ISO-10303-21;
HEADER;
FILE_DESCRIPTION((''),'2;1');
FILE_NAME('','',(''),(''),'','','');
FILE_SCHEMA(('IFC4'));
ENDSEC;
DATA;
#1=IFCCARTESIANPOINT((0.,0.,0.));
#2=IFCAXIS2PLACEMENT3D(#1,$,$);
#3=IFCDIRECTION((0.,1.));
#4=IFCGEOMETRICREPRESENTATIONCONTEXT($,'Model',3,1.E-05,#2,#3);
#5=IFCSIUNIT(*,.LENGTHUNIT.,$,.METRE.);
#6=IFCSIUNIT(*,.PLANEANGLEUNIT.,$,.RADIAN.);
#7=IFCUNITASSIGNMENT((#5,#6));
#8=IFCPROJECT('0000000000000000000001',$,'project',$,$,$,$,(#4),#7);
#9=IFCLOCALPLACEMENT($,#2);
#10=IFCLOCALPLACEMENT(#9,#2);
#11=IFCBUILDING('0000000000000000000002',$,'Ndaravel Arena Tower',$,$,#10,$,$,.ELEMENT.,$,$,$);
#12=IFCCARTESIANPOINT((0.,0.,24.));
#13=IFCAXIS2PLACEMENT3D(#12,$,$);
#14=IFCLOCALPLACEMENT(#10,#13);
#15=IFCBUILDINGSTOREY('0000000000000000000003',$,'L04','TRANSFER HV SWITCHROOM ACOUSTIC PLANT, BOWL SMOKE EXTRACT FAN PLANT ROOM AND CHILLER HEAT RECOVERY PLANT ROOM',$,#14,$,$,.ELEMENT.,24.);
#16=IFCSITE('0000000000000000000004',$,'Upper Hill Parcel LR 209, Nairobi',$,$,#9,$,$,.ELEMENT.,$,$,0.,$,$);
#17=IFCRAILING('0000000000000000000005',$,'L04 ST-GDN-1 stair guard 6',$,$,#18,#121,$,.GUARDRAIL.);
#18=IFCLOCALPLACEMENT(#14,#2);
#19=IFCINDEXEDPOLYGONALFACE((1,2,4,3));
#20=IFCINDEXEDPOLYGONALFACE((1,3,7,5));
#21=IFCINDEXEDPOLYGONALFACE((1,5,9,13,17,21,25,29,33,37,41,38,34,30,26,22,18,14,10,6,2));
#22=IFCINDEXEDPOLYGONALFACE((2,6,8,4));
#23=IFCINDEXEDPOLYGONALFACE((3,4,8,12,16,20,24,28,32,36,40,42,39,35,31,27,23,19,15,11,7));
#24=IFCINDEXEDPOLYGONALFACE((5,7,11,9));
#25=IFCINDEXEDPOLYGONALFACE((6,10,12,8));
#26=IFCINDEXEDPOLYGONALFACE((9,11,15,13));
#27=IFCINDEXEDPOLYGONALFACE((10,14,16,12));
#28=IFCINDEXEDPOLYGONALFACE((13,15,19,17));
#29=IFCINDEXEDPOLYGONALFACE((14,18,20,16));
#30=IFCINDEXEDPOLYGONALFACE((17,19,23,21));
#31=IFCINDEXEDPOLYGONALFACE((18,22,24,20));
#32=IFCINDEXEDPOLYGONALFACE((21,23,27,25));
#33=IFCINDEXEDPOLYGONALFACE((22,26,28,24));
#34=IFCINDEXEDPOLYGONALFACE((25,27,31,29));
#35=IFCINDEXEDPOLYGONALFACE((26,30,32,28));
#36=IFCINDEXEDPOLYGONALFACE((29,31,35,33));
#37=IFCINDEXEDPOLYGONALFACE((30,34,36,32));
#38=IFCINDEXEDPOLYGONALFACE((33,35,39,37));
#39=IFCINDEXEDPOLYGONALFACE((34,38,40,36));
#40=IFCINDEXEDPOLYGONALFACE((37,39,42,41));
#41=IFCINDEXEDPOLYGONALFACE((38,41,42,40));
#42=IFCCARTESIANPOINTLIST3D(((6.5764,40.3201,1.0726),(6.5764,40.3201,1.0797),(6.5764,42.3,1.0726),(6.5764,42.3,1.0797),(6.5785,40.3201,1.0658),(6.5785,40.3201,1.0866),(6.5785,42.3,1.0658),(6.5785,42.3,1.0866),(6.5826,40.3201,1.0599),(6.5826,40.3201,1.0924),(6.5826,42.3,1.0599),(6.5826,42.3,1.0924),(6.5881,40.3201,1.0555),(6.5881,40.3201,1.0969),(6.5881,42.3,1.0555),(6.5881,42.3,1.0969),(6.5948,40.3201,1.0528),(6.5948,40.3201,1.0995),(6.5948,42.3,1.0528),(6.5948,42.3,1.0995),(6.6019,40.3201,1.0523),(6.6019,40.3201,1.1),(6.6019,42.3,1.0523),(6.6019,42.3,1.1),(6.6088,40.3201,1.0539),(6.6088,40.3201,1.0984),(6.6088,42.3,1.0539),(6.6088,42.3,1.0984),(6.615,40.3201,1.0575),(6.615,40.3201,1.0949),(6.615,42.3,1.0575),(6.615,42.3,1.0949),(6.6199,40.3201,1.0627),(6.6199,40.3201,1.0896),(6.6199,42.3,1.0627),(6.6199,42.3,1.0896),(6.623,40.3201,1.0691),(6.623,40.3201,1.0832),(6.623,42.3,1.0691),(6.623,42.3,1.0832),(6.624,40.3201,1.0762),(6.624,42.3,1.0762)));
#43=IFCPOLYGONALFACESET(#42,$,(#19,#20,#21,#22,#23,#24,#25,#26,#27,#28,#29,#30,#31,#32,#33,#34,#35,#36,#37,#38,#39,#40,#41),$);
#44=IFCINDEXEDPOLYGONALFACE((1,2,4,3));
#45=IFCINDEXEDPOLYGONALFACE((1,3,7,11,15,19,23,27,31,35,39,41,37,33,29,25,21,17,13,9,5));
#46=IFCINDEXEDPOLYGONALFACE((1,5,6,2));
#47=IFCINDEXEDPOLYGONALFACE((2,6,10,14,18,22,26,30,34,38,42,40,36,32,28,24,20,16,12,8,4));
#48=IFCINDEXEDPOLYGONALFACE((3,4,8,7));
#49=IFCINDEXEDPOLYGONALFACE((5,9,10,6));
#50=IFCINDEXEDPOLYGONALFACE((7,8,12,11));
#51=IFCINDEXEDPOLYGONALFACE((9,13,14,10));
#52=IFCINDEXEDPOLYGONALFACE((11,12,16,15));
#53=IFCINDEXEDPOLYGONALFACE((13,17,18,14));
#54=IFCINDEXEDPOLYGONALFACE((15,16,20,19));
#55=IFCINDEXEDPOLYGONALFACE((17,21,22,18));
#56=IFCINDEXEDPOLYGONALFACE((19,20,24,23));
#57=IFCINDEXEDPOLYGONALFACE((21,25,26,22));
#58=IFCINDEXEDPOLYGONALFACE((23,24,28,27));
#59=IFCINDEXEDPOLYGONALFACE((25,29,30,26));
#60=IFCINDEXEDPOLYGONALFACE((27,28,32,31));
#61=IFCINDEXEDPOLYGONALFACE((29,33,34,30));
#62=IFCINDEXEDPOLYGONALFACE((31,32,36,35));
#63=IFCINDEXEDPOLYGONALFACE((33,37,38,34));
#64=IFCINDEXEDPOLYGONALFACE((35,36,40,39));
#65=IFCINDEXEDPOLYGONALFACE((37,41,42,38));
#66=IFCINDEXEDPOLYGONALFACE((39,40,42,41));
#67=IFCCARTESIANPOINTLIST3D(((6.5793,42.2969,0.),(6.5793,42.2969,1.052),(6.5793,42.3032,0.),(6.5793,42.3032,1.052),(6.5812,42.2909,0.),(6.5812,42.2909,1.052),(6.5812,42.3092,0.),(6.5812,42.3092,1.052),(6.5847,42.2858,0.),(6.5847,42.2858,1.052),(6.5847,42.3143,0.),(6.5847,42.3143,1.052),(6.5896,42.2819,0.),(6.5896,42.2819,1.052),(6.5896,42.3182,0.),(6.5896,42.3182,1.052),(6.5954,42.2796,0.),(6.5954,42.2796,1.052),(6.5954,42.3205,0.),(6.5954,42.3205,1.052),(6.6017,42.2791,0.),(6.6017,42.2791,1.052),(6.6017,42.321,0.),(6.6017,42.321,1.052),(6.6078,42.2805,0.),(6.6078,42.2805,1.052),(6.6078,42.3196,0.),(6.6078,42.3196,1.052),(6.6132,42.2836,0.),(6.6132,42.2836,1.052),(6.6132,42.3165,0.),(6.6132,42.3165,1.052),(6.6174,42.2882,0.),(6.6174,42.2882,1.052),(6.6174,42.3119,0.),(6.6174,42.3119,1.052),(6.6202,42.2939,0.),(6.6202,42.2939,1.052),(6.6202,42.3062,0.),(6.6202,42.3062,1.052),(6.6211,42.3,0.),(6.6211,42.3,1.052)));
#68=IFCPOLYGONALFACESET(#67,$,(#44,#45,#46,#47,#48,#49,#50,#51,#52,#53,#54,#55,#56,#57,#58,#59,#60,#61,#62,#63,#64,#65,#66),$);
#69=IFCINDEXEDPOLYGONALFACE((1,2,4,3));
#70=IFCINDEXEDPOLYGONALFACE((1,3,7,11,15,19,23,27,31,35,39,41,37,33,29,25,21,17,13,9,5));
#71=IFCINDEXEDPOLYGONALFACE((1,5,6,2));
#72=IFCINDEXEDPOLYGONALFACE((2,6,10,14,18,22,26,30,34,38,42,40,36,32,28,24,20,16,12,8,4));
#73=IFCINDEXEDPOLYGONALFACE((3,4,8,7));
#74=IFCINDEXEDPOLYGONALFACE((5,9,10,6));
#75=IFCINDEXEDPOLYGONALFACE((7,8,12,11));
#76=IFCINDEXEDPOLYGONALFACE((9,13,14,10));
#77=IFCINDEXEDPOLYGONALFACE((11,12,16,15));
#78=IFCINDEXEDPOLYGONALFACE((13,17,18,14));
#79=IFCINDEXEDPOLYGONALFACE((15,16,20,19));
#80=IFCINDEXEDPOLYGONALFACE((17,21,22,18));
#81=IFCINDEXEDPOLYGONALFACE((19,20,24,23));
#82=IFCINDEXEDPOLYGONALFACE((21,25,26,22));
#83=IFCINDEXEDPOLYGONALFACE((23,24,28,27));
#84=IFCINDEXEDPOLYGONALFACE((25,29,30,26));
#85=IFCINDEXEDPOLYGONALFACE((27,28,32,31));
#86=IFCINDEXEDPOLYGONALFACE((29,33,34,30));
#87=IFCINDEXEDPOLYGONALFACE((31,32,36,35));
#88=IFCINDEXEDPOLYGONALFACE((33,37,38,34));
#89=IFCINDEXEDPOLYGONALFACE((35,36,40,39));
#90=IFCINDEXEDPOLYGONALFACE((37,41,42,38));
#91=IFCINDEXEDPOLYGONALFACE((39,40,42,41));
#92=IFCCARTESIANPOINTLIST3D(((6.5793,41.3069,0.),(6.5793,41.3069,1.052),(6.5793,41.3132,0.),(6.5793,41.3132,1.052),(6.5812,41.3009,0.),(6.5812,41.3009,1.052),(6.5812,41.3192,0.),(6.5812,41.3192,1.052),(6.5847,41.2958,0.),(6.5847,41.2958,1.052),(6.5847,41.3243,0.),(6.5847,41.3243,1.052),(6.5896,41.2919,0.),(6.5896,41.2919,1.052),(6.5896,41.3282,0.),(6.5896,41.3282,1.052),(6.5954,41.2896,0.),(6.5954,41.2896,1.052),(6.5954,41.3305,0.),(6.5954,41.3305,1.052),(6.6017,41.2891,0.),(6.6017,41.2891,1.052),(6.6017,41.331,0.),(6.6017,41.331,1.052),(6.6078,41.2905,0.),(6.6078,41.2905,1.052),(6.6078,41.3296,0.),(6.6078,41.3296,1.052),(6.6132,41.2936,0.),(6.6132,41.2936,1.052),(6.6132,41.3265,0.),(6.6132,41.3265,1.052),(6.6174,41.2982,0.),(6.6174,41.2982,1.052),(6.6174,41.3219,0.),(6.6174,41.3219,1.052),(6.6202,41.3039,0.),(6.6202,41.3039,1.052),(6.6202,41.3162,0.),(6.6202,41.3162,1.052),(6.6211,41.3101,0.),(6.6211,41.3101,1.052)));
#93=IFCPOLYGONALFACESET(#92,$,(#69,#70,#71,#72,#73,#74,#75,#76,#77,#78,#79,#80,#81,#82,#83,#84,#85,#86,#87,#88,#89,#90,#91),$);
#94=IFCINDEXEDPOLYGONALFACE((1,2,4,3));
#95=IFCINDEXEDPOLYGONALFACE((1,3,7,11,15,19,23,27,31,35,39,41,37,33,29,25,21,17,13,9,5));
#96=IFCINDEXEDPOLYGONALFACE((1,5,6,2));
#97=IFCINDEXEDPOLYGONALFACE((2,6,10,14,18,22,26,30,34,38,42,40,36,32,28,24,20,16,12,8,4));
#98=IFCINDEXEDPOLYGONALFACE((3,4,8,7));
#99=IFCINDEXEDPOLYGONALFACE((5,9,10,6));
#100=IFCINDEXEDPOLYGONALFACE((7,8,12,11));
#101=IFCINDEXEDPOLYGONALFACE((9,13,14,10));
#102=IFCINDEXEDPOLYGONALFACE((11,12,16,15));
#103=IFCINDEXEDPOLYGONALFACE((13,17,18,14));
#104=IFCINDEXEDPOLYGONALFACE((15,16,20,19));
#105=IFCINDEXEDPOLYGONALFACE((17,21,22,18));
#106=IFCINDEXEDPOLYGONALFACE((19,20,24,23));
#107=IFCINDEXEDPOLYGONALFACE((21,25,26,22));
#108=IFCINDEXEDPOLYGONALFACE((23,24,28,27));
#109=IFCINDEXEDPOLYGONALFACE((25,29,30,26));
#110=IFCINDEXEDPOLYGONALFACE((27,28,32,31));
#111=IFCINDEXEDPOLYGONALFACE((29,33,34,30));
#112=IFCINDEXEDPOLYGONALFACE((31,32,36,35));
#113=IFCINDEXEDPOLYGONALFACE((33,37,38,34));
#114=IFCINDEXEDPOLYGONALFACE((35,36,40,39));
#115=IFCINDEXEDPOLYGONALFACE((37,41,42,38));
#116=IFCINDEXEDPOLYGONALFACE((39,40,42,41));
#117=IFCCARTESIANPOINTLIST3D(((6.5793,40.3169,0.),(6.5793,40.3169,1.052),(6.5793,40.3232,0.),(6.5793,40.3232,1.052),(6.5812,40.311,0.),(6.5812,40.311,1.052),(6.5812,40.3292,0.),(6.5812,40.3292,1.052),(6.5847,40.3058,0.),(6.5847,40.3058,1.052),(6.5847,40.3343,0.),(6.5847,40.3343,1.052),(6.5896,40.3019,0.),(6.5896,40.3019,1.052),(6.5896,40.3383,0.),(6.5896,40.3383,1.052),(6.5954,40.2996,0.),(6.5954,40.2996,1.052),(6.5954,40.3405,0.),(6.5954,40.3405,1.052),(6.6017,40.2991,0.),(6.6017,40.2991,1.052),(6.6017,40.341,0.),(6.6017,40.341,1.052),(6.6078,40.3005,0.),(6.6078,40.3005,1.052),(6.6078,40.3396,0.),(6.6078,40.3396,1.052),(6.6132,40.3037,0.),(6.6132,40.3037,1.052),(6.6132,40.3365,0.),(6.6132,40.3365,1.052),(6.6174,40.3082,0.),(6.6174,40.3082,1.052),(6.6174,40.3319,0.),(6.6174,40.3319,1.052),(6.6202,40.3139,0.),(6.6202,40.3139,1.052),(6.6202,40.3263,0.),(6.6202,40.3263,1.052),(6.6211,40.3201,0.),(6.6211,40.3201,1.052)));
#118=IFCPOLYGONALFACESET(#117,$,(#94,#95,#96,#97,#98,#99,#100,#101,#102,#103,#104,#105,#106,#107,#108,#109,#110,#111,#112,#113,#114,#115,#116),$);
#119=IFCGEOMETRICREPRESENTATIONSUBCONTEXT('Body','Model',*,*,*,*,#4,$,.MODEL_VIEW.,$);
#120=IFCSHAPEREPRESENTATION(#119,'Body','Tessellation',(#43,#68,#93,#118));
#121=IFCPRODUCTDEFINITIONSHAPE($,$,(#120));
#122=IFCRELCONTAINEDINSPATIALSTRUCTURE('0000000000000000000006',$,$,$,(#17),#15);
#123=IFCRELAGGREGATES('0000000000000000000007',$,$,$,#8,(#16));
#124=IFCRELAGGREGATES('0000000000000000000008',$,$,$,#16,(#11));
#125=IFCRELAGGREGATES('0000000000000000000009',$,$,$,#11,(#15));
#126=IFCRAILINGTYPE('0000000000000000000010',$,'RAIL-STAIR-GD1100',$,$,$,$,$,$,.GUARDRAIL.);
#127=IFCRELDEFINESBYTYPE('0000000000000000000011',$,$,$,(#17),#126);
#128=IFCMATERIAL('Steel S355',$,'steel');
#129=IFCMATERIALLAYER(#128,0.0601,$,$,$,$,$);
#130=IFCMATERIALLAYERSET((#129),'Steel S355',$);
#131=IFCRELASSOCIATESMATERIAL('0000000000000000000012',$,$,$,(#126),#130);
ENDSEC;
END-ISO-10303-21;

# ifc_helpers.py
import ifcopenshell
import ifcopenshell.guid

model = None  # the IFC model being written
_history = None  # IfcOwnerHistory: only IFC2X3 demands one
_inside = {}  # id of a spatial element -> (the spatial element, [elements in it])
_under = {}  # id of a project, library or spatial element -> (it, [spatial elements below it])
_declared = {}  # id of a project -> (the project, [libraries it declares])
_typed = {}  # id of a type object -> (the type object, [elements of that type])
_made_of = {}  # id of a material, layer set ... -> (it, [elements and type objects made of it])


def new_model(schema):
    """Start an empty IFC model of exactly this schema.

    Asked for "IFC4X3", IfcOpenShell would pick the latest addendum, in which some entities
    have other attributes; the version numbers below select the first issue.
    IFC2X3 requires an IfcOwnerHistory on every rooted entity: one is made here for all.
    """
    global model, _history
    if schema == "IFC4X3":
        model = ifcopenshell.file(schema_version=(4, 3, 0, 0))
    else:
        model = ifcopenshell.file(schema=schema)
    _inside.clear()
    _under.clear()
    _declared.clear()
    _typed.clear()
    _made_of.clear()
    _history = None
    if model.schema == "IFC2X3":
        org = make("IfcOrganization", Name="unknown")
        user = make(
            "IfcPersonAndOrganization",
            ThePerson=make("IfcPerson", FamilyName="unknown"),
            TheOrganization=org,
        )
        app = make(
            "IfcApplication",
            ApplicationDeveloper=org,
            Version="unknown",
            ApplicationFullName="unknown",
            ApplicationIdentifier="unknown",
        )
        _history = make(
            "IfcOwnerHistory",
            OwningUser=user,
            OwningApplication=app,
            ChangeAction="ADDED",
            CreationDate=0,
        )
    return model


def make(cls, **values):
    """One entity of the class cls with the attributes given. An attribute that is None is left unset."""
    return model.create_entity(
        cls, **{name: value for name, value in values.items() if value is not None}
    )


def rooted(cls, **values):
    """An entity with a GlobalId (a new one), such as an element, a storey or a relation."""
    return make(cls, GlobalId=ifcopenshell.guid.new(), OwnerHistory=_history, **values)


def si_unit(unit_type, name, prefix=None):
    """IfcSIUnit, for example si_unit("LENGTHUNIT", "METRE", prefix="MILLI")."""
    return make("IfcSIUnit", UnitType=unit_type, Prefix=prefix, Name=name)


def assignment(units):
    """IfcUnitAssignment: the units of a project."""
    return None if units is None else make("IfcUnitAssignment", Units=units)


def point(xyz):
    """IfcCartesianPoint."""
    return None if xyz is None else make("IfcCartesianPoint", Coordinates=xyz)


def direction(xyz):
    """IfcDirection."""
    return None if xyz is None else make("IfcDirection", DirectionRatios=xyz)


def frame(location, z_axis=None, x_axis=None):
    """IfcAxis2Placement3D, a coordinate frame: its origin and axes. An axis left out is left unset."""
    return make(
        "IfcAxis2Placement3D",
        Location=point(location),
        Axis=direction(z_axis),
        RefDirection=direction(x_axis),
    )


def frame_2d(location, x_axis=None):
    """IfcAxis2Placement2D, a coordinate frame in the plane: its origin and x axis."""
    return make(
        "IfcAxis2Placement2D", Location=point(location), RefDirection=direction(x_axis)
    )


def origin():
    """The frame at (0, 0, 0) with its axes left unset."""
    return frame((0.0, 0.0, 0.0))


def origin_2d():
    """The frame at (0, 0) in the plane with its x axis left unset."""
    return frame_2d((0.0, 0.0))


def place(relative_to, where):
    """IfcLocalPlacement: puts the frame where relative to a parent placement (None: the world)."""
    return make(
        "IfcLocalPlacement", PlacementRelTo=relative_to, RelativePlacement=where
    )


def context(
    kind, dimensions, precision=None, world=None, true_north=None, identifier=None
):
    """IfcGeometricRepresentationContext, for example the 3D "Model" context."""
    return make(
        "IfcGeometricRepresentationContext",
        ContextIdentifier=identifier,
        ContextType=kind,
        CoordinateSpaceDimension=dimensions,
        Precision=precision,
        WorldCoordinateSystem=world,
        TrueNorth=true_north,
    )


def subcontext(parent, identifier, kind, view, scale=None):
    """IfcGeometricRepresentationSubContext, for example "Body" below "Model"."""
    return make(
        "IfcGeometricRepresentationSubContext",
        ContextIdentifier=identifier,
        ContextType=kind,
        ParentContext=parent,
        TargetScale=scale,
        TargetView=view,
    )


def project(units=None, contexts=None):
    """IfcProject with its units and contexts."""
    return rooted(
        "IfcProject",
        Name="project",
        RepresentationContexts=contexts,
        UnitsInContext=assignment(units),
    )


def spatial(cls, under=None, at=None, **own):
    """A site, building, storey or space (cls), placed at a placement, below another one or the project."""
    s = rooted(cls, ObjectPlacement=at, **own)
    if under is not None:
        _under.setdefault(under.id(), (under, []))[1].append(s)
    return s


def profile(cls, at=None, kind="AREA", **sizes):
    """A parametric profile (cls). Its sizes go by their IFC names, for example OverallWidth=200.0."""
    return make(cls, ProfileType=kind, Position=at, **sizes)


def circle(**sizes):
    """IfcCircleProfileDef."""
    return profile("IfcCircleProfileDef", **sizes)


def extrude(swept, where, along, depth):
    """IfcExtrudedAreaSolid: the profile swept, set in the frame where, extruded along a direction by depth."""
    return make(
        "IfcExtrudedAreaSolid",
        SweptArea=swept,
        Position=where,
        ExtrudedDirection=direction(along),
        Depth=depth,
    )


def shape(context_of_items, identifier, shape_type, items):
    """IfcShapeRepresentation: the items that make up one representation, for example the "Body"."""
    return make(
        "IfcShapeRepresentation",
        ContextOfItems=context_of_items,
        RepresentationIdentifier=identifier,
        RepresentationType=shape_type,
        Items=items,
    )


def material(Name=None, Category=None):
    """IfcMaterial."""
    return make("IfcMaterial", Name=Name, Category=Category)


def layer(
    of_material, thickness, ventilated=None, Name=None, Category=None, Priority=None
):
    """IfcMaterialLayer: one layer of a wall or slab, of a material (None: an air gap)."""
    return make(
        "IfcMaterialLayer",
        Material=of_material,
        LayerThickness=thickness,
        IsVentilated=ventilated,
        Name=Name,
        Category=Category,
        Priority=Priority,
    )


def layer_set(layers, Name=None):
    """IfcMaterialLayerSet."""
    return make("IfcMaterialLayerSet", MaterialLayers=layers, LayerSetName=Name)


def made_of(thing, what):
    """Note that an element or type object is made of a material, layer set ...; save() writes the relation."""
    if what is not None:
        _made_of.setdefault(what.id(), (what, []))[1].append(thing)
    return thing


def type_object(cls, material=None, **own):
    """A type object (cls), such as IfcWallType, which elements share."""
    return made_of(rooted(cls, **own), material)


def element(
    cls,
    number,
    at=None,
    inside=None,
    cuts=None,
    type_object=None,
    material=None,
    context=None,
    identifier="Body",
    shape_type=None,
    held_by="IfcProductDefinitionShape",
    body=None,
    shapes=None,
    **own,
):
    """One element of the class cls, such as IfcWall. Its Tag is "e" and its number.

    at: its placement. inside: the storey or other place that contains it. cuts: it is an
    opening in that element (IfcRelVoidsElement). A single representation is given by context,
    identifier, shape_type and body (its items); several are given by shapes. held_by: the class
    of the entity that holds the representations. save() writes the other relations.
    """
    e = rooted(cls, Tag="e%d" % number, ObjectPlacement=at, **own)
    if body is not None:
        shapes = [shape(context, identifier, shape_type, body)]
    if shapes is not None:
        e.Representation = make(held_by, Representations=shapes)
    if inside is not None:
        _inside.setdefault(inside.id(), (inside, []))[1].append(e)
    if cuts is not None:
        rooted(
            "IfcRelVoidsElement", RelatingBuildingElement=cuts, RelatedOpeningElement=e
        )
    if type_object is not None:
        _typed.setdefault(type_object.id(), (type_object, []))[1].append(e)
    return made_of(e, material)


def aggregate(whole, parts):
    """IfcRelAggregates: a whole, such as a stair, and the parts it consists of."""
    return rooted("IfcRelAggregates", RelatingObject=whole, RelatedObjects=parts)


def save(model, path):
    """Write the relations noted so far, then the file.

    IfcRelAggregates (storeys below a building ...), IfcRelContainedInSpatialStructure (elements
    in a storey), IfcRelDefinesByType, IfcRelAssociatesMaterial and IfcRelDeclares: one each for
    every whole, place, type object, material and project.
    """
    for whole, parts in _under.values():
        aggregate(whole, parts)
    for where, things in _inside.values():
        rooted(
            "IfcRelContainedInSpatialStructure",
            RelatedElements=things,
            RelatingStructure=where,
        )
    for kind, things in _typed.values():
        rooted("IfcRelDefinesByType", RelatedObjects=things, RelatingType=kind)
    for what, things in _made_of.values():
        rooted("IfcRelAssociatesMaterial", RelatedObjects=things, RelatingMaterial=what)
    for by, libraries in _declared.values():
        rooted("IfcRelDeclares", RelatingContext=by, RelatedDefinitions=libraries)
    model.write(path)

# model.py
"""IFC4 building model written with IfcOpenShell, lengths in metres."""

from ifc_helpers import new_model, si_unit, direction, frame, origin, origin_2d, place, context, subcontext, project, spatial, circle, extrude, material, layer, layer_set, type_object, element, save


model = new_model("IFC4")

# Units and contexts
model_context = context("Model", 3, precision=1e-05, world=origin(), true_north=direction((0.0, 1.0)))
body_context = subcontext(model_context, "Body", "Model", "MODEL_VIEW")
ifc_project = project(units=[si_unit("LENGTHUNIT", "METRE"), si_unit("PLANEANGLEUNIT", "RADIAN")], contexts=[model_context])

# Site, building, storey
site_placement = place(None, origin())
site = spatial("IfcSite", under=ifc_project, at=site_placement, Name="Upper Hill Parcel LR 209, Nairobi", CompositionType="ELEMENT", RefElevation=0.0)
building_placement = place(site_placement, origin())
building = spatial("IfcBuilding", under=site, at=building_placement, Name="Ndaravel Arena Tower", CompositionType="ELEMENT")
storey_placement = place(building_placement, frame((0.0, 0.0, 24.0)))
storey = spatial("IfcBuildingStorey", under=building, at=storey_placement, Name="L04", Description="TRANSFER HV SWITCHROOM ACOUSTIC PLANT, BOWL SMOKE EXTRACT FAN PLANT ROOM AND CHILLER HEAT RECOVERY PLANT ROOM", CompositionType="ELEMENT", Elevation=24.0)

# Railing
ifc_material_1 = material(Name="Steel S355", Category="steel")
ifc_layer_1 = layer(ifc_material_1, 0.0601)
ifc_layer_set_1 = layer_set([ifc_layer_1], Name="Steel S355")
railing_type_1 = type_object("IfcRailingType", Name="RAIL-STAIR-GD1100", PredefinedType="GUARDRAIL", material=ifc_layer_set_1)
for number, where, name in (
    (1, (6.6001, 42.3, 0.0), "L04 ST-GDN-1 stair guard 6"),
):
    element("IfcRailing", number, at=place(storey_placement, frame(where)), inside=storey, type_object=railing_type_1, Name=name, PredefinedType="GUARDRAIL", context=body_context, shape_type="SweptSolid", body=[
        extrude(circle(Radius=0.0239, at=origin_2d()), frame((0.0, 0.0, 1.0762), z_axis=(0.0, -1.0, 0.0), x_axis=(1.0, 0.0, 0.0)), (0.0, 0.0, 1.0), 1.98),
        extrude(circle(Radius=0.021, at=origin_2d()), origin(), (0.0, 0.0, 1.0), 1.052),
        extrude(circle(Radius=0.021, at=origin_2d()), frame((0.0, -0.99, 0.0)), (0.0, 0.0, 1.0), 1.052),
        extrude(circle(Radius=0.021, at=origin_2d()), frame((0.0, -1.98, 0.0)), (0.0, 0.0, 1.0), 1.052),
    ])

save(model, "model.ifc")
